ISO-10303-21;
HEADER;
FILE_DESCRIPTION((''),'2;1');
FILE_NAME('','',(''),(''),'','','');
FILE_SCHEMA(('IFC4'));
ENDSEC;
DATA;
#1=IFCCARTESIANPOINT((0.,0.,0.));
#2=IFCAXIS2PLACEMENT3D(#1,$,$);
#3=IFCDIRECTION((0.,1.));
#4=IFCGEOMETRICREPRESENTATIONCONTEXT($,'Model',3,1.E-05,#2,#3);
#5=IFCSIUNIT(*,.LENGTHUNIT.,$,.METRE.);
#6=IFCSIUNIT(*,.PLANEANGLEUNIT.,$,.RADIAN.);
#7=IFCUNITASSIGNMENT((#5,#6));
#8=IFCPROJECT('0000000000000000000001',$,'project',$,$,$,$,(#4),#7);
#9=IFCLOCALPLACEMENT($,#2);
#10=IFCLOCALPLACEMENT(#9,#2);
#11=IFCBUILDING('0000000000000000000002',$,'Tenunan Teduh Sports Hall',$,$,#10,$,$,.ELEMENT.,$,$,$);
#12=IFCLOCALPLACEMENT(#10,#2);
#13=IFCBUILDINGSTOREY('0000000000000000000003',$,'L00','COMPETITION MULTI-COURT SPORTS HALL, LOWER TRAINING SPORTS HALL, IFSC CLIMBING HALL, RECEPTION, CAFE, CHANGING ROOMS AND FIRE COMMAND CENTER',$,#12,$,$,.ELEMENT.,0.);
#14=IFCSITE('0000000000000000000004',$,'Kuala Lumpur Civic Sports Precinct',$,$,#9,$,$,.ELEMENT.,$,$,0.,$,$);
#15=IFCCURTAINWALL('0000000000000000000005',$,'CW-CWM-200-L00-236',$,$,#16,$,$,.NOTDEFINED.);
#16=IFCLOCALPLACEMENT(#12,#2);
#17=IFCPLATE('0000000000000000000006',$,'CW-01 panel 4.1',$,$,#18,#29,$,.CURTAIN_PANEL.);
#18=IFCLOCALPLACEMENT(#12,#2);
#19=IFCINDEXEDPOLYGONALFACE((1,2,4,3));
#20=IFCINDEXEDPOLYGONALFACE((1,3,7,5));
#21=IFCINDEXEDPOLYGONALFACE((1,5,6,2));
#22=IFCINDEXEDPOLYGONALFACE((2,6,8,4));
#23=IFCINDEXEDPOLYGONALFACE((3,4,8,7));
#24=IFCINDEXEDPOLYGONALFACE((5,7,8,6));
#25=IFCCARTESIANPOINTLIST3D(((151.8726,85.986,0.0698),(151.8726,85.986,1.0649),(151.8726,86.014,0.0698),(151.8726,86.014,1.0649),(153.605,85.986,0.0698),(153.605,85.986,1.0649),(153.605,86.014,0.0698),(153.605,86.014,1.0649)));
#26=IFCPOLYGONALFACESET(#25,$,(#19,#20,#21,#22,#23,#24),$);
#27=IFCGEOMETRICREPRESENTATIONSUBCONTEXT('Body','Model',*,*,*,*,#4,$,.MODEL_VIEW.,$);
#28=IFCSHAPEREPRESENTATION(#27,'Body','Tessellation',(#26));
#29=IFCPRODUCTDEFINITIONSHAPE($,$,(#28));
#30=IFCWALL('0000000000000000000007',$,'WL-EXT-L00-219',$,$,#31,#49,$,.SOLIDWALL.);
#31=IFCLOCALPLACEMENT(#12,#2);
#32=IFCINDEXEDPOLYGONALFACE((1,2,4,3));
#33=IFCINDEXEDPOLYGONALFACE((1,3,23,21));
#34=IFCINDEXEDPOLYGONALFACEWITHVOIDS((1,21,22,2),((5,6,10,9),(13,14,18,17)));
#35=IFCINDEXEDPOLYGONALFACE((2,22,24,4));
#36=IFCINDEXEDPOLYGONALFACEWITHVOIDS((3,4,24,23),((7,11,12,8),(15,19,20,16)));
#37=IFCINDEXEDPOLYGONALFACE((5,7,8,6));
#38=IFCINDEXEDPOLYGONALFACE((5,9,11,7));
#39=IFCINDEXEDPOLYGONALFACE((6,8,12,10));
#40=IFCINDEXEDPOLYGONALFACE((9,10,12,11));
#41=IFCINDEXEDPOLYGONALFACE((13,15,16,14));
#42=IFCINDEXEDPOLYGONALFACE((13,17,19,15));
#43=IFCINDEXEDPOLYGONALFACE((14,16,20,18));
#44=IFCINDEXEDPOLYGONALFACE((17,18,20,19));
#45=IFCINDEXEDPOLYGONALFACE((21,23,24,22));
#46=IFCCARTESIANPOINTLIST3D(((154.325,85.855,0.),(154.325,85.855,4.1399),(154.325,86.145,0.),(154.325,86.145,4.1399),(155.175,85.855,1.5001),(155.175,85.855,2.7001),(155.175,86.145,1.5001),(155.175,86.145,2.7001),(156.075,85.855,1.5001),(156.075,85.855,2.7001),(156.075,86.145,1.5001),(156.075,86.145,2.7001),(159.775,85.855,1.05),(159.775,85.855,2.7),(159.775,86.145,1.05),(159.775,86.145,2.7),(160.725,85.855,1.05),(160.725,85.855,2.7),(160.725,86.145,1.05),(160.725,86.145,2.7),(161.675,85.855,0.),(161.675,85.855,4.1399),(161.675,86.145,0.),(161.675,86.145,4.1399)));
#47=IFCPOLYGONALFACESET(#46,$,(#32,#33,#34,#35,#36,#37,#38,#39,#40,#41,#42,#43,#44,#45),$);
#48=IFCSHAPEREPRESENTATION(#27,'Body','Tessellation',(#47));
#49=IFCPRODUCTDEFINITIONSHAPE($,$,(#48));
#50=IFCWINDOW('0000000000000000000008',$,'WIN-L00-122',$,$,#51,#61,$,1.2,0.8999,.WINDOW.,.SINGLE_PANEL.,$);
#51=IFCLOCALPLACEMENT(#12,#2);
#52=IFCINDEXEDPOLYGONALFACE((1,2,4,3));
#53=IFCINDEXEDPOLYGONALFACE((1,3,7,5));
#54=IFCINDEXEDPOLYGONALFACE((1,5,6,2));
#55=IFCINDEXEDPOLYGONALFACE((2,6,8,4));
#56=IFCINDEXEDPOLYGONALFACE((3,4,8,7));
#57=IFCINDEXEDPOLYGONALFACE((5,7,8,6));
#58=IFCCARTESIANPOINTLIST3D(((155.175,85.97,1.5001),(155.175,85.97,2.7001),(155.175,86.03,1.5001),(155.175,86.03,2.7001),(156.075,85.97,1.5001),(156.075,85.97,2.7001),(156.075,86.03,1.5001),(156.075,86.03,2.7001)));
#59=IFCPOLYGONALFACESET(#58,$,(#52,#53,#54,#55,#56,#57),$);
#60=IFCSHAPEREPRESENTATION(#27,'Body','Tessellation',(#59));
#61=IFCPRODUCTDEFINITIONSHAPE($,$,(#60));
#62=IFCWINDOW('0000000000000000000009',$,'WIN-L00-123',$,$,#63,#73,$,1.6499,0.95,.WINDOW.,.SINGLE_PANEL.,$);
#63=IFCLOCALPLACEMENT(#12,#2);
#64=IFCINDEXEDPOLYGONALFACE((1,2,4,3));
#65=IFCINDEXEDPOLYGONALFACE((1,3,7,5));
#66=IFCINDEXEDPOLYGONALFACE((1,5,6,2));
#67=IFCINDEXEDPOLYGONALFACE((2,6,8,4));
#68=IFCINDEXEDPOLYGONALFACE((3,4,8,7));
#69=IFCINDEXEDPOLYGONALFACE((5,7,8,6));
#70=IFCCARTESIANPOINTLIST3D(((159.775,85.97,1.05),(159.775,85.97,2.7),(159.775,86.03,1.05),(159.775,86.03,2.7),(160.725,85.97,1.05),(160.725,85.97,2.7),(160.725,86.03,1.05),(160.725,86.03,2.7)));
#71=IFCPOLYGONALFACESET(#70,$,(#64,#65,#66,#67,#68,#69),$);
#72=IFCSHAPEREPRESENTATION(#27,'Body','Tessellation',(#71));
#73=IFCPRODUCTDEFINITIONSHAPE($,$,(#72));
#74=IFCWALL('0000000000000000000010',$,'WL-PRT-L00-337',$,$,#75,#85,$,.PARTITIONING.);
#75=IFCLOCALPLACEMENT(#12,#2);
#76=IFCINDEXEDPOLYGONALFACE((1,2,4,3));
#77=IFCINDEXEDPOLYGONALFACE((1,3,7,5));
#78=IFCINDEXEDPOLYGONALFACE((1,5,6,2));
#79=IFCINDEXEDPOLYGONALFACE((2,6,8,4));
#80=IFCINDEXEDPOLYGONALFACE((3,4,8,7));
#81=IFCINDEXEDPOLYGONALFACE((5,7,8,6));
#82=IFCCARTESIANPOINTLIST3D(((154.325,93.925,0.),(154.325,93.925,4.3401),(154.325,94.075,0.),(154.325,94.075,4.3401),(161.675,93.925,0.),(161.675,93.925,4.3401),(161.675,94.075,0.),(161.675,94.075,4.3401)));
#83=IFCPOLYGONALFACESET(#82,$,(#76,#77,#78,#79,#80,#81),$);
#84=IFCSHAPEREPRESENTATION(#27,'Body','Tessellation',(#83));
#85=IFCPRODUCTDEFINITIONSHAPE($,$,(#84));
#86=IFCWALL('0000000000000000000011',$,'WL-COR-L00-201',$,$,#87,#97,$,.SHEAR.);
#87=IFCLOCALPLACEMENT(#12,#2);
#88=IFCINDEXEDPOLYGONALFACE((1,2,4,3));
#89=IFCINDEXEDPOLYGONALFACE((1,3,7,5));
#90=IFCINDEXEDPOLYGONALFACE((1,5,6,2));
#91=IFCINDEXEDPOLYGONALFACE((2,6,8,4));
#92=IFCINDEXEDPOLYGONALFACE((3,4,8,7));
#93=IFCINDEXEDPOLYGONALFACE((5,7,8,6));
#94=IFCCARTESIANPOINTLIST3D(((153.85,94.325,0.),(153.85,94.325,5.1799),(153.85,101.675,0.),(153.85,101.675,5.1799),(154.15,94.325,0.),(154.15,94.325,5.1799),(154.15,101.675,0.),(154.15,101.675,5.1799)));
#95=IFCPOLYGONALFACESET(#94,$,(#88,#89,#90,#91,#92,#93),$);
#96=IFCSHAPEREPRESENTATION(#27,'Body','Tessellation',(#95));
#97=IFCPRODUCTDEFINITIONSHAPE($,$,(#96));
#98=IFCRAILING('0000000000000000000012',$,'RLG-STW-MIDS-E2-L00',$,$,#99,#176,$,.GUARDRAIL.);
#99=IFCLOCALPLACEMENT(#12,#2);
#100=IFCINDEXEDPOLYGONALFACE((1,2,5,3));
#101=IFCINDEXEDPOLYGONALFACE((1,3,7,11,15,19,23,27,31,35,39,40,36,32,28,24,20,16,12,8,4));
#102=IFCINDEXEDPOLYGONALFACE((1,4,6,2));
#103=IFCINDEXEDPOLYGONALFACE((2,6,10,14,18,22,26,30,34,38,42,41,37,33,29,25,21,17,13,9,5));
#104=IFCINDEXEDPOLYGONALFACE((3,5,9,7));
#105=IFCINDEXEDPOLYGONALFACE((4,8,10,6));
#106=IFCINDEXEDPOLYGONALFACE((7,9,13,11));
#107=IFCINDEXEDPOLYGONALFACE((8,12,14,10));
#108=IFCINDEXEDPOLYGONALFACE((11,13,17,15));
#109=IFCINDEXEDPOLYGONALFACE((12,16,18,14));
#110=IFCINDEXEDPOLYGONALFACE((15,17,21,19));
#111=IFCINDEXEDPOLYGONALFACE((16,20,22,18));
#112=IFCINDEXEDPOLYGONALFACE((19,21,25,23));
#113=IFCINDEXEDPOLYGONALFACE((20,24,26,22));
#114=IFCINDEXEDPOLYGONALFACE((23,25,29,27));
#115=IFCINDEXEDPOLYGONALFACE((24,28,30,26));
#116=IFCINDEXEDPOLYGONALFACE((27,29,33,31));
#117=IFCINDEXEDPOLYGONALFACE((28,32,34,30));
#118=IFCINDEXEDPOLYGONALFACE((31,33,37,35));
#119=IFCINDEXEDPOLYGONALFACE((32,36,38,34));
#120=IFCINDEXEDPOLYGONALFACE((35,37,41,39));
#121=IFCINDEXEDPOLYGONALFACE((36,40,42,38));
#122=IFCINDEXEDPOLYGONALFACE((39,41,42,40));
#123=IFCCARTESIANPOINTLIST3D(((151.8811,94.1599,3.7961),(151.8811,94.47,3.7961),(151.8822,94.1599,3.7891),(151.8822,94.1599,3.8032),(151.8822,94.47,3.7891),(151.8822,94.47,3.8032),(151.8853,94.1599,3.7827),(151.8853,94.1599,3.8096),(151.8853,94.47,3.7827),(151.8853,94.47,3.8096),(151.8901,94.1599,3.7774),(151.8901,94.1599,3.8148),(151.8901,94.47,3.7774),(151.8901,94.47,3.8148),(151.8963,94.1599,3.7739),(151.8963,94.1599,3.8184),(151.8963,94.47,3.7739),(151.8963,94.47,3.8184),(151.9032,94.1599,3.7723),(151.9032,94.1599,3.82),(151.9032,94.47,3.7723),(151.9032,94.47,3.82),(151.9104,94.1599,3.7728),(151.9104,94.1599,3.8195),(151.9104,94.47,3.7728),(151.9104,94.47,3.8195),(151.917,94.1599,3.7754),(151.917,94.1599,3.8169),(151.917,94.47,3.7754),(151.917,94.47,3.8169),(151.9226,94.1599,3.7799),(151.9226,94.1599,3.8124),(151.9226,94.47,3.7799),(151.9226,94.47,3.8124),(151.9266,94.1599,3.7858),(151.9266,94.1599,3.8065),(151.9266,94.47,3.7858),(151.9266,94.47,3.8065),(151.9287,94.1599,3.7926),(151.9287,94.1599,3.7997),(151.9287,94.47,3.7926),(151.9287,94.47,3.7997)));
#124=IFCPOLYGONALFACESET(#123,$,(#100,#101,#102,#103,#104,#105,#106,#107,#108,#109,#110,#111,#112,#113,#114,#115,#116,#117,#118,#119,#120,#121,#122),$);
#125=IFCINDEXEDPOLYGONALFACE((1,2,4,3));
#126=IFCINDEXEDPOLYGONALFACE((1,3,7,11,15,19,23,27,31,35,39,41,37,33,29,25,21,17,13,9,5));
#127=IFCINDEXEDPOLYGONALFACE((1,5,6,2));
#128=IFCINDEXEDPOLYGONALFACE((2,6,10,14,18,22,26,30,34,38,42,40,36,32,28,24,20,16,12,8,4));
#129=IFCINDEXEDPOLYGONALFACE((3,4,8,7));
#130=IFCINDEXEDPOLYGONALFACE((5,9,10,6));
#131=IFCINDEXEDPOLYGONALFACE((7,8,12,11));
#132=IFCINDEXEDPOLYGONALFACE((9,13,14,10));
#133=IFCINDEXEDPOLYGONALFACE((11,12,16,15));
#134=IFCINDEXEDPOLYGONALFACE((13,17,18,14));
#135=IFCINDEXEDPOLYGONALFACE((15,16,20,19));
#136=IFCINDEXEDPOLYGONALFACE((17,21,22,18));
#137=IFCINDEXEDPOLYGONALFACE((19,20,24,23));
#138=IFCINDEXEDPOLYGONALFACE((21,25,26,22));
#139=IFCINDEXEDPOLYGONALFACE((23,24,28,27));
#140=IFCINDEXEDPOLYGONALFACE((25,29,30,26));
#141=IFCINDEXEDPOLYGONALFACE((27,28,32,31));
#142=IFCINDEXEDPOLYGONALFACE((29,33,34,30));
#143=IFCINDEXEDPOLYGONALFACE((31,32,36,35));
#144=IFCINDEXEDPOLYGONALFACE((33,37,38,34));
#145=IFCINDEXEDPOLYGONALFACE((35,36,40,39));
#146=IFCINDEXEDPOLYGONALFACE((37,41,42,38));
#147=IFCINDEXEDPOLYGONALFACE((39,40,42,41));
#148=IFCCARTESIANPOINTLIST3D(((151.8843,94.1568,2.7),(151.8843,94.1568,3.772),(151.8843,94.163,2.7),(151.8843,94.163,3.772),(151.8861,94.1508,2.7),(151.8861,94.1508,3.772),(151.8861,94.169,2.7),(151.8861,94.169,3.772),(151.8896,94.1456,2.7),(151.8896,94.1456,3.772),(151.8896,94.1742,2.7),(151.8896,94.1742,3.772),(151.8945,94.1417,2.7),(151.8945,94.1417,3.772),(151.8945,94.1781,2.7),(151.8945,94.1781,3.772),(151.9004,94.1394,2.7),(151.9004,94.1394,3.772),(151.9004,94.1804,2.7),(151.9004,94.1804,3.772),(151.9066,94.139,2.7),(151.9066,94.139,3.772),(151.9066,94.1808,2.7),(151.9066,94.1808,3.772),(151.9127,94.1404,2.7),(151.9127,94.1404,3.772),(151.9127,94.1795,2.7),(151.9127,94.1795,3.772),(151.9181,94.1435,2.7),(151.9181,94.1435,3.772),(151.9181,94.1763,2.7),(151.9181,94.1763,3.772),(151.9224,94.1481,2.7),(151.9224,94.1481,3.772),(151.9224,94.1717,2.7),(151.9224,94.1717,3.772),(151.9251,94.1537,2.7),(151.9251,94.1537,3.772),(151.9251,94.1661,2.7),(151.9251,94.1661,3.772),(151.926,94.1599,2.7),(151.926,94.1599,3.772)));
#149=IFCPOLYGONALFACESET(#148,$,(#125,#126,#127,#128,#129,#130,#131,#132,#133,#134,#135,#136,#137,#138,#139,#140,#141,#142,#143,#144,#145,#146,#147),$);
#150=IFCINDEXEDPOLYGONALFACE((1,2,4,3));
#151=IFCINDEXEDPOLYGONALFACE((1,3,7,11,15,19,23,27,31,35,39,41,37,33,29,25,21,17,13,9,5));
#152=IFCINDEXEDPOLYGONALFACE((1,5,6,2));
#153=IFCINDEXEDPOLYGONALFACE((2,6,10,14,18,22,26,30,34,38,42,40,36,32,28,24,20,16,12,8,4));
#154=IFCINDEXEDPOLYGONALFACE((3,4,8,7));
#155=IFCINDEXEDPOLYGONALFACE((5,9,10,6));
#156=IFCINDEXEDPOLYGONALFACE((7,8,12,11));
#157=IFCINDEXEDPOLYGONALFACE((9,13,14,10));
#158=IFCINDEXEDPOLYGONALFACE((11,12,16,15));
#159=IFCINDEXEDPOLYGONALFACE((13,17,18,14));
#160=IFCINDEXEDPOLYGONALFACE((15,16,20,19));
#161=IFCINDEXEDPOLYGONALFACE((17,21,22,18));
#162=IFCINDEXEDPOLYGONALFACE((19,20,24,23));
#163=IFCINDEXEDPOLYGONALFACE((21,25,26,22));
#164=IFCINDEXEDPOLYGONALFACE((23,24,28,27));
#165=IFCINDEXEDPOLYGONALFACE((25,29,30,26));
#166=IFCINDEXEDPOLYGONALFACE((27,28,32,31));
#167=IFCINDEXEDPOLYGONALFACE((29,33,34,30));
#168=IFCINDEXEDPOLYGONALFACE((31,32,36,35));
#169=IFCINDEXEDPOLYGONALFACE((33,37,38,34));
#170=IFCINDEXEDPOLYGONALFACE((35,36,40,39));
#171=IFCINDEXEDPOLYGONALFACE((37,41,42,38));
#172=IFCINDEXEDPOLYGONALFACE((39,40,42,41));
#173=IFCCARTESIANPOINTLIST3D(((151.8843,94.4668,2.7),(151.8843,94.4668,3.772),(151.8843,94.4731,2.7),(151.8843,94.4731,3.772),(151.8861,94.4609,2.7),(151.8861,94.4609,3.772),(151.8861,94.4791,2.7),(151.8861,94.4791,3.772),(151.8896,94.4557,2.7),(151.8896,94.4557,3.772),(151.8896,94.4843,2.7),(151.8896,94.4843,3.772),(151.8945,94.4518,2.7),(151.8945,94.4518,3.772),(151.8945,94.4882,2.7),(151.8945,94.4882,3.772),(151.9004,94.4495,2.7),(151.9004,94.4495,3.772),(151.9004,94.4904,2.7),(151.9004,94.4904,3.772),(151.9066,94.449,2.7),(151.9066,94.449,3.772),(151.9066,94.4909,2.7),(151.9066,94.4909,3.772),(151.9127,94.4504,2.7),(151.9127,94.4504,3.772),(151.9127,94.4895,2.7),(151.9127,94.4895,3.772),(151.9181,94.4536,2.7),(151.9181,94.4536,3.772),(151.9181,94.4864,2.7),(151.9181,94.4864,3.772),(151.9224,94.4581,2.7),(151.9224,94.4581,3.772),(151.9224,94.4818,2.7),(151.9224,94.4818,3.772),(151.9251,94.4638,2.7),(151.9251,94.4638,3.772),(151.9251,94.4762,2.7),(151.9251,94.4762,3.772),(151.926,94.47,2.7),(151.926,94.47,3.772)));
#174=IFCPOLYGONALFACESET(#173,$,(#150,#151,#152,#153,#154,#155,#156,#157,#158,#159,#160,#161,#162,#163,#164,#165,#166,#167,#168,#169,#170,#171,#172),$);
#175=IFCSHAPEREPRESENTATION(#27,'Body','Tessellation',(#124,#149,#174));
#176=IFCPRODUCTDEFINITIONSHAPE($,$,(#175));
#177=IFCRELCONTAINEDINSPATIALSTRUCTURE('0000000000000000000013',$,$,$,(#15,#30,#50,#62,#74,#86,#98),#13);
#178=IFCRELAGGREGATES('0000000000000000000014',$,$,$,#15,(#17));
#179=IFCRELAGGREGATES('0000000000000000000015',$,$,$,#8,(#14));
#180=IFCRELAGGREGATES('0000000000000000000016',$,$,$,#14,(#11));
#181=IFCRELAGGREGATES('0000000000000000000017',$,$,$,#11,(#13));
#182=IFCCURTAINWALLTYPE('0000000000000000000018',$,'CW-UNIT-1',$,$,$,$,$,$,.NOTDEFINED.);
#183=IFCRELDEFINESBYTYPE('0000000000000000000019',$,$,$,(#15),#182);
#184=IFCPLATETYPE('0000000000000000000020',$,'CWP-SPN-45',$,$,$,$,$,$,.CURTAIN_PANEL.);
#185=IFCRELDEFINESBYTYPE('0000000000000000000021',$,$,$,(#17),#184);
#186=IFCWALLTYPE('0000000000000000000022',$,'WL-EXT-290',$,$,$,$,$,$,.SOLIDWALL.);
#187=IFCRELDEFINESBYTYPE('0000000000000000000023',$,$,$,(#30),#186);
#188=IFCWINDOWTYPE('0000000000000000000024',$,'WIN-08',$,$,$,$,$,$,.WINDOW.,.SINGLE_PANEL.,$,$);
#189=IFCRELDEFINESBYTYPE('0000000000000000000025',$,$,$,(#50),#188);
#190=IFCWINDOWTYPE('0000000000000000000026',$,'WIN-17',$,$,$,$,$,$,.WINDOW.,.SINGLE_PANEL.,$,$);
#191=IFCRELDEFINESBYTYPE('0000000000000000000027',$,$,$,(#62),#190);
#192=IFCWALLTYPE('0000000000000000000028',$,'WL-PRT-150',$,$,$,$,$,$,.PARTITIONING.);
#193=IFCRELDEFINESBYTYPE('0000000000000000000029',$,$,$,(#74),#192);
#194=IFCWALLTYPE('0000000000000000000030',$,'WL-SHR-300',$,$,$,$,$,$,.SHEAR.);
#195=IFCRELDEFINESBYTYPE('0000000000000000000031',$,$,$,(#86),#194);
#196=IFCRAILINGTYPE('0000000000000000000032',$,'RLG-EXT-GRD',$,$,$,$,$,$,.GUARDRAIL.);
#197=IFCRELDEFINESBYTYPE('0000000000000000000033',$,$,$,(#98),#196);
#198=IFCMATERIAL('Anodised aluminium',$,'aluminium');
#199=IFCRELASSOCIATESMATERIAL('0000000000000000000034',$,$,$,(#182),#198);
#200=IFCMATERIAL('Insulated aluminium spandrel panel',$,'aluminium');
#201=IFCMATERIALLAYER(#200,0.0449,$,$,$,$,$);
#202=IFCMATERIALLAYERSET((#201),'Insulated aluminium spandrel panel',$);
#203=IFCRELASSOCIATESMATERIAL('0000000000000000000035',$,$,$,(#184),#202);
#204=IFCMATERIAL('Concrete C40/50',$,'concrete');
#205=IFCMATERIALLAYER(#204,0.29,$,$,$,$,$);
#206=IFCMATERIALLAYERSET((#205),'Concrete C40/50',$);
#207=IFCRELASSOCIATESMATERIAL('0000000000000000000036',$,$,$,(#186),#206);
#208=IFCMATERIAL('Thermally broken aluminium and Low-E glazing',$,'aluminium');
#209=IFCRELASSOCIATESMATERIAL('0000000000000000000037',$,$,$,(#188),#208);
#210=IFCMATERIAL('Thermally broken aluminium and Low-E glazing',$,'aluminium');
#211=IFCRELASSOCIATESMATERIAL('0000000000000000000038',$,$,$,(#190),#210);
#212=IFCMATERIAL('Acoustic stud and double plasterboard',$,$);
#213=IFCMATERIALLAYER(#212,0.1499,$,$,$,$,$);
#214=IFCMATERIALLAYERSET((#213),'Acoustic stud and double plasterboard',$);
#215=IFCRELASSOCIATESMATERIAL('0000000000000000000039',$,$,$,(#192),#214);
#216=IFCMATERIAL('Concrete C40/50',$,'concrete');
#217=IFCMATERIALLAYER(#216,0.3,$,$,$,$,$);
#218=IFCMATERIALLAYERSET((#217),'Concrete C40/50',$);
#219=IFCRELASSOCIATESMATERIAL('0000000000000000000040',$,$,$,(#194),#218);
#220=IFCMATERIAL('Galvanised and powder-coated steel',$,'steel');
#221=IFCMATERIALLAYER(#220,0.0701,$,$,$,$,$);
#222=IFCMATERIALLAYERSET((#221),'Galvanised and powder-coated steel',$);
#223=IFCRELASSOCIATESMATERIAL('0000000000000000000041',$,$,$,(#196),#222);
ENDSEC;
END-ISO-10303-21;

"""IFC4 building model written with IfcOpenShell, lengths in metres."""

from ifc_helpers import new_model, si_unit, direction, frame, frame_2d, origin, origin_2d, place, context, subcontext, project, spatial, rectangle, circle, extrude, material, layer, layer_set, type_object, element, fill, aggregate, save


model = new_model("IFC4")

# Units and contexts
model_context = context("Model", 3, precision=1e-05, world=origin(), true_north=direction((0.0, 1.0)))
body_context = subcontext(model_context, "Body", "Model", "MODEL_VIEW")
ifc_project = project(units=[si_unit("LENGTHUNIT", "METRE"), si_unit("PLANEANGLEUNIT", "RADIAN")], contexts=[model_context])

# Site, building, storey
site_placement = place(None, origin())
site = spatial("IfcSite", under=ifc_project, at=site_placement, Name="Kuala Lumpur Civic Sports Precinct", CompositionType="ELEMENT", RefElevation=0.0)
building_placement = place(site_placement, origin())
building = spatial("IfcBuilding", under=site, at=building_placement, Name="Tenunan Teduh Sports Hall", CompositionType="ELEMENT")
storey_placement = place(building_placement, origin())
storey = spatial("IfcBuildingStorey", under=building, at=storey_placement, Name="L00", Description="COMPETITION MULTI-COURT SPORTS HALL, LOWER TRAINING SPORTS HALL, IFSC CLIMBING HALL, RECEPTION, CAFE, CHANGING ROOMS AND FIRE COMMAND CENTER", CompositionType="ELEMENT", Elevation=0.0)

# Curtain wall
ifc_material_1 = material(Name="Anodised aluminium", Category="aluminium")
curtain_wall_type = type_object("IfcCurtainWallType", Name="CW-UNIT-1", PredefinedType="NOTDEFINED", material=ifc_material_1)
curtain_wall_placement = place(storey_placement, origin())
curtain_wall = element("IfcCurtainWall", 1, at=curtain_wall_placement, inside=storey, type_object=curtain_wall_type, Name="CW-CWM-200-L00-236", PredefinedType="NOTDEFINED")

# Plate
ifc_material_2 = material(Name="Insulated aluminium spandrel panel", Category="aluminium")
ifc_layer_1 = layer(ifc_material_2, 0.0449)
ifc_layer_set_1 = layer_set([ifc_layer_1], Name="Insulated aluminium spandrel panel")
plate_type_1 = type_object("IfcPlateType", Name="CWP-SPN-45", PredefinedType="CURTAIN_PANEL", material=ifc_layer_set_1)
plate_1_placement = place(storey_placement, frame((152.7388, 86.0, 0.0698), z_axis=(0.0, 0.0, 1.0), x_axis=(1.0, 0.0, 0.0)))
plate_1 = element("IfcPlate", 2, at=plate_1_placement, type_object=plate_type_1, Name="CW-01 panel 4.1", PredefinedType="CURTAIN_PANEL", context=body_context, shape_type="SweptSolid", body=[
    extrude(rectangle(XDim=1.7324, YDim=0.0281, at=origin_2d()), origin(), (0.0, 0.0, 1.0), 0.9951),
])
aggregate(curtain_wall, [plate_1])

# Wall, openings, windows
ifc_material_3 = material(Name="Concrete C40/50", Category="concrete")
ifc_layer_2 = layer(ifc_material_3, 0.29)
ifc_layer_set_2 = layer_set([ifc_layer_2], Name="Concrete C40/50")
wall_type_1 = type_object("IfcWallType", Name="WL-EXT-290", PredefinedType="SOLIDWALL", material=ifc_layer_set_2)
wall_1_placement = place(storey_placement, frame((154.325, 86.0, 0.0), z_axis=(0.0, 0.0, 1.0), x_axis=(1.0, 0.0, 0.0)))
wall_1 = element("IfcWall", 3, at=wall_1_placement, inside=storey, type_object=wall_type_1, Name="WL-EXT-L00-219", PredefinedType="SOLIDWALL", context=body_context, shape_type="SweptSolid", body=[
    extrude(rectangle(XDim=7.3501, YDim=0.29, at=frame_2d((3.675, 0.0))), origin(), (0.0, 0.0, 1.0), 4.1399),
])
opening_1_placement = place(wall_1_placement, frame((0.8501, 0.0, 1.5)))
opening_1 = element("IfcOpeningElement", 4, at=opening_1_placement, cuts=wall_1, PredefinedType="OPENING", context=body_context, shape_type="SweptSolid", body=[
    extrude(rectangle(XDim=0.8999, YDim=1.2, at=frame_2d((0.45, 0.6001))), frame((0.0, 0.155, 0.0), z_axis=(0.0, -1.0, 0.0), x_axis=(1.0, 0.0, 0.0)), (0.0, 0.0, 1.0), 0.3101),
])
opening_2_placement = place(wall_1_placement, frame((5.45, 0.0, 1.05)))
opening_2 = element("IfcOpeningElement", 5, at=opening_2_placement, cuts=wall_1, PredefinedType="OPENING", context=body_context, shape_type="SweptSolid", body=[
    extrude(rectangle(XDim=0.95, YDim=1.6499, at=frame_2d((0.4751, 0.825))), frame((0.0, 0.155, 0.0), z_axis=(0.0, -1.0, 0.0), x_axis=(1.0, 0.0, 0.0)), (0.0, 0.0, 1.0), 0.3101),
])
ifc_material_4 = material(Name="Thermally broken aluminium and Low-E glazing", Category="aluminium")
window_type_1 = type_object("IfcWindowType", Name="WIN-08", PartitioningType="SINGLE_PANEL", PredefinedType="WINDOW", material=ifc_material_4)
window_1_placement = place(opening_1_placement, origin())
window_1 = element("IfcWindow", 6, at=window_1_placement, inside=storey, type_object=window_type_1, Name="WIN-L00-122", OverallHeight=1.2, OverallWidth=0.8999, PartitioningType="SINGLE_PANEL", PredefinedType="WINDOW", context=body_context, shape_type="SweptSolid", body=[
    extrude(rectangle(XDim=0.8999, YDim=1.2, at=frame_2d((0.45, 0.6001))), frame((0.0, 0.03, 0.0), z_axis=(0.0, -1.0, 0.0), x_axis=(1.0, 0.0, 0.0)), (0.0, 0.0, 1.0), 0.0601),
])
fill(opening_1, window_1)
ifc_material_5 = material(Name="Thermally broken aluminium and Low-E glazing", Category="aluminium")
window_type_2 = type_object("IfcWindowType", Name="WIN-17", PartitioningType="SINGLE_PANEL", PredefinedType="WINDOW", material=ifc_material_5)
window_2_placement = place(opening_2_placement, origin())
window_2 = element("IfcWindow", 7, at=window_2_placement, inside=storey, type_object=window_type_2, Name="WIN-L00-123", OverallHeight=1.6499, OverallWidth=0.95, PartitioningType="SINGLE_PANEL", PredefinedType="WINDOW", context=body_context, shape_type="SweptSolid", body=[
    extrude(rectangle(XDim=0.95, YDim=1.6499, at=frame_2d((0.4751, 0.825))), frame((0.0, 0.03, 0.0), z_axis=(0.0, -1.0, 0.0), x_axis=(1.0, 0.0, 0.0)), (0.0, 0.0, 1.0), 0.0601),
])
fill(opening_2, window_2)

# Walls
ifc_material_6 = material(Name="Acoustic stud and double plasterboard")
ifc_layer_3 = layer(ifc_material_6, 0.1499)
ifc_layer_set_3 = layer_set([ifc_layer_3], Name="Acoustic stud and double plasterboard")
wall_type_2 = type_object("IfcWallType", Name="WL-PRT-150", PredefinedType="PARTITIONING", material=ifc_layer_set_3)
wall_2_placement = place(storey_placement, frame((154.325, 94.0, 0.0), z_axis=(0.0, 0.0, 1.0), x_axis=(1.0, 0.0, 0.0)))
element("IfcWall", 8, at=wall_2_placement, inside=storey, type_object=wall_type_2, Name="WL-PRT-L00-337", PredefinedType="PARTITIONING", context=body_context, shape_type="SweptSolid", body=[
    extrude(rectangle(XDim=7.3501, YDim=0.1499, at=frame_2d((3.675, 0.0))), origin(), (0.0, 0.0, 1.0), 4.3401),
])
ifc_material_7 = material(Name="Concrete C40/50", Category="concrete")
ifc_layer_4 = layer(ifc_material_7, 0.3)
ifc_layer_set_4 = layer_set([ifc_layer_4], Name="Concrete C40/50")
wall_type_3 = type_object("IfcWallType", Name="WL-SHR-300", PredefinedType="SHEAR", material=ifc_layer_set_4)
wall_3_placement = place(storey_placement, frame((154.0, 94.325, 0.0), z_axis=(0.0, 0.0, 1.0), x_axis=(0.0, 1.0, 0.0)))
element("IfcWall", 9, at=wall_3_placement, inside=storey, type_object=wall_type_3, Name="WL-COR-L00-201", PredefinedType="SHEAR", context=body_context, shape_type="SweptSolid", body=[
    extrude(rectangle(XDim=7.3501, YDim=0.3, at=frame_2d((3.675, 0.0))), origin(), (0.0, 0.0, 1.0), 5.1799),
])

# Railing
ifc_material_8 = material(Name="Galvanised and powder-coated steel", Category="steel")
ifc_layer_5 = layer(ifc_material_8, 0.0701)
ifc_layer_set_5 = layer_set([ifc_layer_5], Name="Galvanised and powder-coated steel")
railing_type = type_object("IfcRailingType", Name="RLG-EXT-GRD", PredefinedType="GUARDRAIL", material=ifc_layer_set_5)
railing_placement = place(storey_placement, frame((151.905, 94.1599, 2.7)))
element("IfcRailing", 10, at=railing_placement, inside=storey, type_object=railing_type, Name="RLG-STW-MIDS-E2-L00", PredefinedType="GUARDRAIL", context=body_context, shape_type="SweptSolid", body=[
    extrude(circle(Radius=0.0239, at=origin_2d()), frame((0.0, 0.0, 1.0962), z_axis=(0.0, 1.0, 0.0), x_axis=(-1.0, 0.0, 0.0)), (0.0, 0.0, 1.0), 0.3101),
    extrude(circle(Radius=0.021, at=origin_2d()), origin(), (0.0, 0.0, 1.0), 1.072),
    extrude(circle(Radius=0.021, at=origin_2d()), frame((0.0, 0.3101, 0.0)), (0.0, 0.0, 1.0), 1.072),
])

save(model, "model.ifc")
